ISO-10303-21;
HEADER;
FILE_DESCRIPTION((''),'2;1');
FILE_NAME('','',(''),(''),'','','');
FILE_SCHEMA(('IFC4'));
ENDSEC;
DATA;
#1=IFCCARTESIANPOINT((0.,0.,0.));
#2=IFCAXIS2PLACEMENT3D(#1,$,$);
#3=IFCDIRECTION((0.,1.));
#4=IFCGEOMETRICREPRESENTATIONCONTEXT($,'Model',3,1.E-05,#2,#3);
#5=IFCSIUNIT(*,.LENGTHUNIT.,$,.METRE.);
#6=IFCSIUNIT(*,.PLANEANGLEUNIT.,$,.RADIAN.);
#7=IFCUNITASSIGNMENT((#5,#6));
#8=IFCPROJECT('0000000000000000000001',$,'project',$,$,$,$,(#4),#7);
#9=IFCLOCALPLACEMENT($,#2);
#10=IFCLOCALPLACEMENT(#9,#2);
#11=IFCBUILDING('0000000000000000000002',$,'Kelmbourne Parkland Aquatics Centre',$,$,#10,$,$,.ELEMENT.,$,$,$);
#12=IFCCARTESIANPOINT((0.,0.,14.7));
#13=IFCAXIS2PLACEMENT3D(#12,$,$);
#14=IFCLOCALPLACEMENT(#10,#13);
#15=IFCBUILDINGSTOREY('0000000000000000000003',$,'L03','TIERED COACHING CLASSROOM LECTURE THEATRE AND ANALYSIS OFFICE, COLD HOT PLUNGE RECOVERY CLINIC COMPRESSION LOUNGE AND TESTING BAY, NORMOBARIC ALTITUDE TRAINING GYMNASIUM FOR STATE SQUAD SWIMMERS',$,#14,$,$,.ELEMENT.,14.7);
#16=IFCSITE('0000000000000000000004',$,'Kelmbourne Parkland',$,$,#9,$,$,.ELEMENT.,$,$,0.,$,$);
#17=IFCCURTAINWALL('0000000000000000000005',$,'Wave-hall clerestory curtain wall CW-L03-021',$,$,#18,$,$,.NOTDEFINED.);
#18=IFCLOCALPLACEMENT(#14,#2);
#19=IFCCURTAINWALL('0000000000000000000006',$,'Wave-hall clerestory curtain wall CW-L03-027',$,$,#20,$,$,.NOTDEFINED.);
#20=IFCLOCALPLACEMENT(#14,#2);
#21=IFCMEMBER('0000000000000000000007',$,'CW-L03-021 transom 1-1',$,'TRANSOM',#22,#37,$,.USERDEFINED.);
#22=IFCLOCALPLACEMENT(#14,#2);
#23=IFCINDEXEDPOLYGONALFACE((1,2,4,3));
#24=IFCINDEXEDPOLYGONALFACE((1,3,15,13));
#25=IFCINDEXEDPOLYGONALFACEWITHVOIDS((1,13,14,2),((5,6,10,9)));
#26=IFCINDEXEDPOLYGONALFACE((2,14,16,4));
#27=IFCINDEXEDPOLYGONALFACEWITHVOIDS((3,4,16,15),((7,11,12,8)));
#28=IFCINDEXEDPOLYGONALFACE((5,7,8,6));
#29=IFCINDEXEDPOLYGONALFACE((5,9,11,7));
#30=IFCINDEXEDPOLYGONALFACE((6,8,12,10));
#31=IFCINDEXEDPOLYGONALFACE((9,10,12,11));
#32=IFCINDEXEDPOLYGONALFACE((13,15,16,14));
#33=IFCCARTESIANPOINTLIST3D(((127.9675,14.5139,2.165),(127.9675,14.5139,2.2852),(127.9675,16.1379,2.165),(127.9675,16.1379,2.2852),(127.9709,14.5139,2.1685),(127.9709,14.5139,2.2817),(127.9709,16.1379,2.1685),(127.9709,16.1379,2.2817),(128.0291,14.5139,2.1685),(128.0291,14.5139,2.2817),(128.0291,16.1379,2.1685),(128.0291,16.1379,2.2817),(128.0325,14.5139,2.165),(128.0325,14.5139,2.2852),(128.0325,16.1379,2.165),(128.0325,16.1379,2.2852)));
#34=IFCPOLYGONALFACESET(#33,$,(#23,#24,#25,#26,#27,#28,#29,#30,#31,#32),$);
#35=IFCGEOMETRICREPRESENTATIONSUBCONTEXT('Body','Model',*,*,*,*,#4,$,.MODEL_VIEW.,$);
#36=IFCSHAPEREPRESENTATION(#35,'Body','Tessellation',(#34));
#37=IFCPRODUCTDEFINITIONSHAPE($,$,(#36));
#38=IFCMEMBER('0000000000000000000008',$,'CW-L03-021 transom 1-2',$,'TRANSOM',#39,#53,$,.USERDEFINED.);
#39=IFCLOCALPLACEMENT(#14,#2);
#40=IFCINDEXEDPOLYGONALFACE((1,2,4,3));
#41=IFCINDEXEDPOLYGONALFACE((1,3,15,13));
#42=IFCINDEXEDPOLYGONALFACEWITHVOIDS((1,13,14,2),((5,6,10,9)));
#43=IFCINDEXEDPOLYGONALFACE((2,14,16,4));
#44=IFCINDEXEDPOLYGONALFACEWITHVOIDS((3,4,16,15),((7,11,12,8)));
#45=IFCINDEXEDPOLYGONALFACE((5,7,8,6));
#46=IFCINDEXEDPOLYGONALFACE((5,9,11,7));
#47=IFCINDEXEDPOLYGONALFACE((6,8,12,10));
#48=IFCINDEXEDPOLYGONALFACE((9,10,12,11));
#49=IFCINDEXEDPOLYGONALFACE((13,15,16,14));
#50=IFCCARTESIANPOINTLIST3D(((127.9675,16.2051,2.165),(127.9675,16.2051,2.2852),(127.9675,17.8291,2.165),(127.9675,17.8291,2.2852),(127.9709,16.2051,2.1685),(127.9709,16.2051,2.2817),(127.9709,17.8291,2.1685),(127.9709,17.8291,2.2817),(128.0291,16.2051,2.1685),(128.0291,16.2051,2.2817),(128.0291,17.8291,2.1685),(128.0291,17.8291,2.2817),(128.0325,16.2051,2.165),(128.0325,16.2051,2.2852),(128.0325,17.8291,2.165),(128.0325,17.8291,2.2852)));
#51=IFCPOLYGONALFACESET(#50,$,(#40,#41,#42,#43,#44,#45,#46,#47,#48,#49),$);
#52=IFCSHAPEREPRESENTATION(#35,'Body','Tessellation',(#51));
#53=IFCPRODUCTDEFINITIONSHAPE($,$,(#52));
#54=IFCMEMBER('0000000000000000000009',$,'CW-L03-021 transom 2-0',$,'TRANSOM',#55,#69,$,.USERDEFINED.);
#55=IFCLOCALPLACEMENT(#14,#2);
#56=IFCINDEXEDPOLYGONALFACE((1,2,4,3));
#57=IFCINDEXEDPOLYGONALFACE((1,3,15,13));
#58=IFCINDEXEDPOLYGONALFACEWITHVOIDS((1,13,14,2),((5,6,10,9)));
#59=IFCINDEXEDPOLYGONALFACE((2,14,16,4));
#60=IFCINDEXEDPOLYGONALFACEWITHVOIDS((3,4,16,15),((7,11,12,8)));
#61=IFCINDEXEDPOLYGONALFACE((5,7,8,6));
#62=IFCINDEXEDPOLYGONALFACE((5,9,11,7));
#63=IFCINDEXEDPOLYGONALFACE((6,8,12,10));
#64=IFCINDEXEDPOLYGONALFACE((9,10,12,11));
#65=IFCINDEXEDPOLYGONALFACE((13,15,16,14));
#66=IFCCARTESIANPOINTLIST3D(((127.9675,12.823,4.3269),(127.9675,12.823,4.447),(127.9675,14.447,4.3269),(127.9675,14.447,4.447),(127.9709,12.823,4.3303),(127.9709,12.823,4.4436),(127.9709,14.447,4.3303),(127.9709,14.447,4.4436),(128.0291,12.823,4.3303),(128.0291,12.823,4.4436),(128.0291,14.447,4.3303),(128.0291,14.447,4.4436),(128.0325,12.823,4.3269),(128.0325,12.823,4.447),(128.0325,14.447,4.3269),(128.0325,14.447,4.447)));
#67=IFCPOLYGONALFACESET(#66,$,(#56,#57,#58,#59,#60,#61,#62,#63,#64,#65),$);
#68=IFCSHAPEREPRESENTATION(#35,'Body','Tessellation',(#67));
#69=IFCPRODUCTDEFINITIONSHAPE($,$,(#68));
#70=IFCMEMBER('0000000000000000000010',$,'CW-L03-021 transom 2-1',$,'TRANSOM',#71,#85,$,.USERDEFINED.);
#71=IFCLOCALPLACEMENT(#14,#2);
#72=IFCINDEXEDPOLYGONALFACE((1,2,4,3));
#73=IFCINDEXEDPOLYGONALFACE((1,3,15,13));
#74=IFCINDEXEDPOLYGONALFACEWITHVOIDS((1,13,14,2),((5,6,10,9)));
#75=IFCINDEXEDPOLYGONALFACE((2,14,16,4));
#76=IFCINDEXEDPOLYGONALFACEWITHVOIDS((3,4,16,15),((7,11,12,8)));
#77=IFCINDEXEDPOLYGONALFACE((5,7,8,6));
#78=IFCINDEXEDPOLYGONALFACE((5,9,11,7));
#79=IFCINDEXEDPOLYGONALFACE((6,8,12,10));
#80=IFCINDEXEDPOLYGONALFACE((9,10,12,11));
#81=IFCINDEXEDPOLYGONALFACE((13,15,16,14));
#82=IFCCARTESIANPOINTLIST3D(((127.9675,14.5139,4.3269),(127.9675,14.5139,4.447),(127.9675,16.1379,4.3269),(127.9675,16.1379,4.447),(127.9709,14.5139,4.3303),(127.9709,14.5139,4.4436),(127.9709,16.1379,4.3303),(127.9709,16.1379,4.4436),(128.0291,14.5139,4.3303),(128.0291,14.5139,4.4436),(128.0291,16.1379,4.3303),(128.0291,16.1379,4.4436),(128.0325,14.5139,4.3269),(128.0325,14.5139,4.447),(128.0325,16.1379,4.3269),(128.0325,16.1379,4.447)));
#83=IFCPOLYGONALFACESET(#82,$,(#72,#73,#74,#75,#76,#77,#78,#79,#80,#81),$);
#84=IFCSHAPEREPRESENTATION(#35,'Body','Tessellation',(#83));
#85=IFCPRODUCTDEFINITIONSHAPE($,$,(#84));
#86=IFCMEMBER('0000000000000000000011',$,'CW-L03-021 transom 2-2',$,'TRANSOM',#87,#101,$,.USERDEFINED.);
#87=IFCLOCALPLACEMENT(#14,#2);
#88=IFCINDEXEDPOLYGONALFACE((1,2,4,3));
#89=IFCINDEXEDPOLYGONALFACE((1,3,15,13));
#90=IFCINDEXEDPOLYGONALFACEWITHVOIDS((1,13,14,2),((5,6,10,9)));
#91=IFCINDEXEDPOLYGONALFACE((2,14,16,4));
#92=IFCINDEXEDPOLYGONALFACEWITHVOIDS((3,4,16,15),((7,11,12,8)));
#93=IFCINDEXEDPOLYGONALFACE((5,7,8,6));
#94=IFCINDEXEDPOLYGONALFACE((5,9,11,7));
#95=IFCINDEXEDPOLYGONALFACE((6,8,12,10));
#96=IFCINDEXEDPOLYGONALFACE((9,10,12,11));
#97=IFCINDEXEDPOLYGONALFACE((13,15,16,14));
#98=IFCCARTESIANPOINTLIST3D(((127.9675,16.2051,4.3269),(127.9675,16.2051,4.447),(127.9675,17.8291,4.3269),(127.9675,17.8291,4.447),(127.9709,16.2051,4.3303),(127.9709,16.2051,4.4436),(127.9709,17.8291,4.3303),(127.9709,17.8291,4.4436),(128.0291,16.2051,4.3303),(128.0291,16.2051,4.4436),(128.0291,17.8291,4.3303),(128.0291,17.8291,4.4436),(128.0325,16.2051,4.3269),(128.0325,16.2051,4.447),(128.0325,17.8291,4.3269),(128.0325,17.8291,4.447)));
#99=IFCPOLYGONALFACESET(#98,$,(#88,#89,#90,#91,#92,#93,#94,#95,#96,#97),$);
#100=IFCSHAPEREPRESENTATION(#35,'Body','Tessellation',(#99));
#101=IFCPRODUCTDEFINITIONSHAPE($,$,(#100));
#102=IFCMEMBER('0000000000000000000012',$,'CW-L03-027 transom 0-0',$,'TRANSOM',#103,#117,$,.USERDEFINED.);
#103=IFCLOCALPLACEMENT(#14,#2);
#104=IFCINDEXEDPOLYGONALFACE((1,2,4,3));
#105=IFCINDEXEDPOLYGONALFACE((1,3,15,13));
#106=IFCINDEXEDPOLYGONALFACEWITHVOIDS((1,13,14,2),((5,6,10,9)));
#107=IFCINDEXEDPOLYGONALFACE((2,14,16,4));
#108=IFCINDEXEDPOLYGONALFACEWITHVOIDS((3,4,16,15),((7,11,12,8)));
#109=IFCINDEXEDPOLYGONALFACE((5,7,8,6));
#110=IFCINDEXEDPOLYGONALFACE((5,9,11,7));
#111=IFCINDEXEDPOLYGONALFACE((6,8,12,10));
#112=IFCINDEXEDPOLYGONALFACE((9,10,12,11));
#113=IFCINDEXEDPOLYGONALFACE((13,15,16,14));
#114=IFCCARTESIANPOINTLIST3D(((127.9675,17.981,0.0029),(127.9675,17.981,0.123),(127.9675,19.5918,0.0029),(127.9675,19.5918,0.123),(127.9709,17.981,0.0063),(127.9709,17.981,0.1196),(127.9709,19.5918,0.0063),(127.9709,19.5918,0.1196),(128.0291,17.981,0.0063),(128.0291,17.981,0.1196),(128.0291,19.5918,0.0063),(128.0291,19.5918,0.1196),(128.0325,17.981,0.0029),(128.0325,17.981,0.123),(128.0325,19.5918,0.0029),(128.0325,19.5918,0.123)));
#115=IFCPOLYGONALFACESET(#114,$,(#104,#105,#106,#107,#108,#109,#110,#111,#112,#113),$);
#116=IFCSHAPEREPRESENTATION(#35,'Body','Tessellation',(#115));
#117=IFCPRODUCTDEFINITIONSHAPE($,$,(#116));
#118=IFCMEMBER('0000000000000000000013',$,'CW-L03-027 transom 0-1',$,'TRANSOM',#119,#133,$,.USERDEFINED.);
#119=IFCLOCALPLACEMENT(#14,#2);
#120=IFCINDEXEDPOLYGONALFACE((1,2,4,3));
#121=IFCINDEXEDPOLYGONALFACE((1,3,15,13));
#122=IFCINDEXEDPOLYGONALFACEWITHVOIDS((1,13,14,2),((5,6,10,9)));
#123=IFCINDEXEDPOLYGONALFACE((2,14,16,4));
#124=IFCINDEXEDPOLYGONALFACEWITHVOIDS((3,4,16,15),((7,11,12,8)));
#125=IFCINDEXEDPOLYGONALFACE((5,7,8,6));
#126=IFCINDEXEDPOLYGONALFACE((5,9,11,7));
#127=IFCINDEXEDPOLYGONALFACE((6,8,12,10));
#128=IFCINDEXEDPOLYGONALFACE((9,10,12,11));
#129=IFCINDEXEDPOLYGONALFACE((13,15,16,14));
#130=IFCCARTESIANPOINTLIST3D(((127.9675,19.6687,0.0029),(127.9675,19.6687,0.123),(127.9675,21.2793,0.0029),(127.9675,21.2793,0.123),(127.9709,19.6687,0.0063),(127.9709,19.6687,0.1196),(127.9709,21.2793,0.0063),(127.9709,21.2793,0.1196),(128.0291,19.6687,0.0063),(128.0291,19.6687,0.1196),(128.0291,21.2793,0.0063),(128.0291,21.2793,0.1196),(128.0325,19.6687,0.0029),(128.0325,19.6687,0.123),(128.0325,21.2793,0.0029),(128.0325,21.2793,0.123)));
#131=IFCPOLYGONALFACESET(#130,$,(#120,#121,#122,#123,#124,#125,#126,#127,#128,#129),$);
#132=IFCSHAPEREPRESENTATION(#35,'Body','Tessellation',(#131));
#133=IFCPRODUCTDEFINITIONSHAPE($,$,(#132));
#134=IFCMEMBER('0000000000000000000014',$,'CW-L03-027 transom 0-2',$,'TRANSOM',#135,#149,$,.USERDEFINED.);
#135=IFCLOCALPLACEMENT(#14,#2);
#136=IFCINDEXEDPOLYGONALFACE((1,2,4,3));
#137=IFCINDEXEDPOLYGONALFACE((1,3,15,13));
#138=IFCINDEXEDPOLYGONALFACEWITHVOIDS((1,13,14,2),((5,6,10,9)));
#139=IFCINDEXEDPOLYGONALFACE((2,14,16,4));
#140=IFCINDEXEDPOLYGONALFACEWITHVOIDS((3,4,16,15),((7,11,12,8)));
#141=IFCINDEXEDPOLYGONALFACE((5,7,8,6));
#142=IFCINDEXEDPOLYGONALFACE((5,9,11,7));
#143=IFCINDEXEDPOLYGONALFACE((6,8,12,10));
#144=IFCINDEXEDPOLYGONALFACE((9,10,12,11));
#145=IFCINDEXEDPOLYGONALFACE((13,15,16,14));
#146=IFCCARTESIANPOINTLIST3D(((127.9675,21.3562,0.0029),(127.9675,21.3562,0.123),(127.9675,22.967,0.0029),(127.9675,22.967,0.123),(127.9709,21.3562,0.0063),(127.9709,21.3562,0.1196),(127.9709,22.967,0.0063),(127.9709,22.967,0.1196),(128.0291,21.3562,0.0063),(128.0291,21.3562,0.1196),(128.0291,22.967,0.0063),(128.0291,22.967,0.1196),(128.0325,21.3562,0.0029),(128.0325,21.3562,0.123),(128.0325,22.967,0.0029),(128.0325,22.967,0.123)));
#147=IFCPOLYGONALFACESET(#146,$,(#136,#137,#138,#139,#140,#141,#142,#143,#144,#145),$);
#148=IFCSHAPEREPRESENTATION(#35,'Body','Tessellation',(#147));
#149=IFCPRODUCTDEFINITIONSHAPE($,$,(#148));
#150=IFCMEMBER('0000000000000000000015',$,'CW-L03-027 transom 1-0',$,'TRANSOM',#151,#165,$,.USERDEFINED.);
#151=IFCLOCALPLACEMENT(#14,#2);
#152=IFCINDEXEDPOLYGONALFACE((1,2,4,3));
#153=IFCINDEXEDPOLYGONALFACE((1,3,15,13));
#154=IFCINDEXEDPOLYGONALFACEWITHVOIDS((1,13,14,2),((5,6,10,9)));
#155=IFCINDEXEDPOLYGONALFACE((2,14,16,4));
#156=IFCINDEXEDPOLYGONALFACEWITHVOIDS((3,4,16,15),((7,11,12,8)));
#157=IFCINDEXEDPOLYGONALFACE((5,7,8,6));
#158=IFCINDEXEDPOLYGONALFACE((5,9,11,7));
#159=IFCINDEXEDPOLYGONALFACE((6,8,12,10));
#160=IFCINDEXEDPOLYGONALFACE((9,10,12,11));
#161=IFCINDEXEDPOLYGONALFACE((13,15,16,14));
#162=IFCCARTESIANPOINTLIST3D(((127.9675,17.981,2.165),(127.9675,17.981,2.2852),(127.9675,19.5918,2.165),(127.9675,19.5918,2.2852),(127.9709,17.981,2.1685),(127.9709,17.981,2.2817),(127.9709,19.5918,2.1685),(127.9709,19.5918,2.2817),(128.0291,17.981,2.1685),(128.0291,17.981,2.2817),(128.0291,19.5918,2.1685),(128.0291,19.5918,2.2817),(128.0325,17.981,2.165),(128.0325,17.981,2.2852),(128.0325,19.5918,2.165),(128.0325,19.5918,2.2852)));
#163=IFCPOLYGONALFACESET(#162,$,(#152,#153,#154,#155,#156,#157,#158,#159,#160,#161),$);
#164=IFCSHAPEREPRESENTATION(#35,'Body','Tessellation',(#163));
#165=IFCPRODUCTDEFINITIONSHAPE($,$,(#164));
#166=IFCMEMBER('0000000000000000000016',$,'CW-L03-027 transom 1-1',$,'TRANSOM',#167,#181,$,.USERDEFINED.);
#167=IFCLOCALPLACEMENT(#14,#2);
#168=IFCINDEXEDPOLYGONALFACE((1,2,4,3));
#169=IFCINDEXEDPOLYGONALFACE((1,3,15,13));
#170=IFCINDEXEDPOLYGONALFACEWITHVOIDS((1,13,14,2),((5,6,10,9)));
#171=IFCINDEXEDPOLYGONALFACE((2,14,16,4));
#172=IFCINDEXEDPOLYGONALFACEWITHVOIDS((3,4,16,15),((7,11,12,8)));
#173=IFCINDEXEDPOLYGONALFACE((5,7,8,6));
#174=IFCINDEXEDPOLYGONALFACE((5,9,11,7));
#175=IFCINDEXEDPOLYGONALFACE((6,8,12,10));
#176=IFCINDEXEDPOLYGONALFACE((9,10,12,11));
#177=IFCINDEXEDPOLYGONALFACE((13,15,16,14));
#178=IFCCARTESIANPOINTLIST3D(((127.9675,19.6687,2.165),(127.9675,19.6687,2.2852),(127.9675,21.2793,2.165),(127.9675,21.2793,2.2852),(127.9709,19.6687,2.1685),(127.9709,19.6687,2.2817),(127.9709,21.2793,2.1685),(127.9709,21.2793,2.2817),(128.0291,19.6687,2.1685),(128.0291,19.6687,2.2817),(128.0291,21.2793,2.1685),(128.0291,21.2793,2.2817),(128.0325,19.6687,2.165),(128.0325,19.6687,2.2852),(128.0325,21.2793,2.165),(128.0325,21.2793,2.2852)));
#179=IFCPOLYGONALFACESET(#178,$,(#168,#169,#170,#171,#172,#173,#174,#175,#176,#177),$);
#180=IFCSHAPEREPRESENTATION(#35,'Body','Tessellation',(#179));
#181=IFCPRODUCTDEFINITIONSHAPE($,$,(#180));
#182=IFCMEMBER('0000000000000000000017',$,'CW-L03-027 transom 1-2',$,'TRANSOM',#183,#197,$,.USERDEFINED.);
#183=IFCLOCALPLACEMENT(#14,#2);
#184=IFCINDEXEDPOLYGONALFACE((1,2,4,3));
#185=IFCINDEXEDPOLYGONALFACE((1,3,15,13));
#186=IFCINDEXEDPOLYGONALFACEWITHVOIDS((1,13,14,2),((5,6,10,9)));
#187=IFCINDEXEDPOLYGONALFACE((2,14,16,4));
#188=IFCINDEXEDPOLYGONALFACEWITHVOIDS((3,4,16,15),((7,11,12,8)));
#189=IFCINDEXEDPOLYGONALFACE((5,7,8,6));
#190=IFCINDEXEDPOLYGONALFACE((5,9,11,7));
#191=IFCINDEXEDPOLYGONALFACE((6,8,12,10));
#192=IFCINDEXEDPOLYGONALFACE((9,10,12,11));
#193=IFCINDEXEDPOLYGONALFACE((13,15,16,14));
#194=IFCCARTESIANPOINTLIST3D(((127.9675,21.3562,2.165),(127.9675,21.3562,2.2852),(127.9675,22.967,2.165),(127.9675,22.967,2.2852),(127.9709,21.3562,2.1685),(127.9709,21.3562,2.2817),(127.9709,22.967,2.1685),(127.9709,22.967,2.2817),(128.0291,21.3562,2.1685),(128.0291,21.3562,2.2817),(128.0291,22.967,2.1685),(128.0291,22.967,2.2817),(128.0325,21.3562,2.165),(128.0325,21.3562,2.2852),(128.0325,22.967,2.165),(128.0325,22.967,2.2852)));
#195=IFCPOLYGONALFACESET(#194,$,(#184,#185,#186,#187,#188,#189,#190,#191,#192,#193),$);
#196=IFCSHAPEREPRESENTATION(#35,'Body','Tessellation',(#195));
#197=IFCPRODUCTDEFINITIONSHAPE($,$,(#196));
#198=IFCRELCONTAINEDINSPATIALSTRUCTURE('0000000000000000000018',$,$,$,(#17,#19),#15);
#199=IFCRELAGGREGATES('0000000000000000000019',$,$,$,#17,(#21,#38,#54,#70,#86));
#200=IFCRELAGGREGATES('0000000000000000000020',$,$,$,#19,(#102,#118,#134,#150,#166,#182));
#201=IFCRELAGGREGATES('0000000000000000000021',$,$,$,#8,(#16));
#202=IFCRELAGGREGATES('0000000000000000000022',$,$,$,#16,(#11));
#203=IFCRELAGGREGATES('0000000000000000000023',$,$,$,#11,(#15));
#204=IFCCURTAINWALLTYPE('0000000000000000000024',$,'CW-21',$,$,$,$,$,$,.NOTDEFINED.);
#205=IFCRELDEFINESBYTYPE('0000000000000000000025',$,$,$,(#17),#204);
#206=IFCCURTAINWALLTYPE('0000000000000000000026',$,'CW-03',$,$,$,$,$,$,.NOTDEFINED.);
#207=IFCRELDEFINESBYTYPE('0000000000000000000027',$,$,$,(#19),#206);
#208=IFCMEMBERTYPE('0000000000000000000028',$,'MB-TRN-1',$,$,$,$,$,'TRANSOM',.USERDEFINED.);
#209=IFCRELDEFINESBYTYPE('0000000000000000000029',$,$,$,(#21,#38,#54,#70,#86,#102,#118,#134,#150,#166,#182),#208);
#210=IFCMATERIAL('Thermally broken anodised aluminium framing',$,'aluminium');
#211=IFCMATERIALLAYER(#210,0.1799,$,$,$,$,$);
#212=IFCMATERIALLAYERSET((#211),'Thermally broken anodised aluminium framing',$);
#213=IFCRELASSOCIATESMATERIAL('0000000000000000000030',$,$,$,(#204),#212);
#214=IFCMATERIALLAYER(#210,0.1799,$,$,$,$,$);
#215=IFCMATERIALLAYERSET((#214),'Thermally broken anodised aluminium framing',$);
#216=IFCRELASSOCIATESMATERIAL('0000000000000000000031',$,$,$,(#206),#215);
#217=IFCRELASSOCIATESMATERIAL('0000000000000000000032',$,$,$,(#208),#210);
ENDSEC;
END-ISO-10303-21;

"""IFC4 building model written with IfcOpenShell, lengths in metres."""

from ifc_helpers import new_model, si_unit, direction, frame, origin, origin_2d, place, context, subcontext, project, spatial, hollow_rectangle, extrude, material, layer, layer_set, material_profile, profile_set, type_object, element, aggregate, save


model = new_model("IFC4")

# Units and contexts
model_context = context("Model", 3, precision=1e-05, world=origin(), true_north=direction((0.0, 1.0)))
body_context = subcontext(model_context, "Body", "Model", "MODEL_VIEW")
ifc_project = project(units=[si_unit("LENGTHUNIT", "METRE"), si_unit("PLANEANGLEUNIT", "RADIAN")], contexts=[model_context])

# Site, building, storey
site_placement = place(None, origin())
site = spatial("IfcSite", under=ifc_project, at=site_placement, Name="Kelmbourne Parkland", CompositionType="ELEMENT", RefElevation=0.0)
building_placement = place(site_placement, origin())
building = spatial("IfcBuilding", under=site, at=building_placement, Name="Kelmbourne Parkland Aquatics Centre", CompositionType="ELEMENT")
storey_placement = place(building_placement, frame((0.0, 0.0, 14.7)))
storey = spatial("IfcBuildingStorey", under=building, at=storey_placement, Name="L03", Description="TIERED COACHING CLASSROOM LECTURE THEATRE AND ANALYSIS OFFICE, COLD HOT PLUNGE RECOVERY CLINIC COMPRESSION LOUNGE AND TESTING BAY, NORMOBARIC ALTITUDE TRAINING GYMNASIUM FOR STATE SQUAD SWIMMERS", CompositionType="ELEMENT", Elevation=14.7)

# Curtain walls
ifc_material_1 = material(Name="Thermally broken anodised aluminium framing", Category="aluminium")
ifc_layer_1 = layer(ifc_material_1, 0.1799)
ifc_layer_set_1 = layer_set([ifc_layer_1], Name="Thermally broken anodised aluminium framing")
curtain_wall_type_1 = type_object("IfcCurtainWallType", Name="CW-21", PredefinedType="NOTDEFINED", material=ifc_layer_set_1)
curtain_wall_1_placement = place(storey_placement, origin())
curtain_wall_1 = element("IfcCurtainWall", 1, at=curtain_wall_1_placement, inside=storey, type_object=curtain_wall_type_1, Name="Wave-hall clerestory curtain wall CW-L03-021", PredefinedType="NOTDEFINED")
ifc_layer_2 = layer(ifc_material_1, 0.1799)
ifc_layer_set_2 = layer_set([ifc_layer_2], Name="Thermally broken anodised aluminium framing")
curtain_wall_type_2 = type_object("IfcCurtainWallType", Name="CW-03", PredefinedType="NOTDEFINED", material=ifc_layer_set_2)
curtain_wall_2_placement = place(storey_placement, origin())
curtain_wall_2 = element("IfcCurtainWall", 2, at=curtain_wall_2_placement, inside=storey, type_object=curtain_wall_type_2, Name="Wave-hall clerestory curtain wall CW-L03-027", PredefinedType="NOTDEFINED")

# Members
ifc_material_profile_1 = material_profile(ifc_material_1, hollow_rectangle(XDim=0.0649, YDim=0.1201, WallThickness=0.0034, at=origin_2d()), Name="CW-T 65x120")
ifc_profile_set_1 = profile_set([ifc_material_profile_1], Name="Thermally broken anodised aluminium framing")
member_type_1 = type_object("IfcMemberType", Name="MB-TRN-1", ElementType="TRANSOM", PredefinedType="USERDEFINED", material=ifc_profile_set_1)
member_1_placement = place(storey_placement, frame((128.0, 14.5139, 2.2251), z_axis=(0.0, 1.0, 0.0), x_axis=(-1.0, 0.0, 0.0)))
member_1 = element("IfcMember", 3, at=member_1_placement, type_object=member_type_1, Name="CW-L03-021 transom 1-1", ObjectType="TRANSOM", PredefinedType="USERDEFINED", context=body_context, shape_type="SweptSolid", body=[
    extrude(hollow_rectangle(XDim=0.0649, YDim=0.1201, WallThickness=0.0034, at=origin_2d()), origin(), (0.0, 0.0, 1.0), 1.624),
])
member_2_placement = place(storey_placement, frame((128.0, 16.2051, 2.2251), z_axis=(0.0, 1.0, 0.0), x_axis=(-1.0, 0.0, 0.0)))
member_2 = element("IfcMember", 4, at=member_2_placement, type_object=member_type_1, Name="CW-L03-021 transom 1-2", ObjectType="TRANSOM", PredefinedType="USERDEFINED", context=body_context, shape_type="SweptSolid", body=[
    extrude(hollow_rectangle(XDim=0.0649, YDim=0.1201, WallThickness=0.0034, at=origin_2d()), origin(), (0.0, 0.0, 1.0), 1.624),
])
member_3_placement = place(storey_placement, frame((128.0, 12.823, 4.387), z_axis=(0.0, 1.0, 0.0), x_axis=(-1.0, 0.0, 0.0)))
member_3 = element("IfcMember", 5, at=member_3_placement, type_object=member_type_1, Name="CW-L03-021 transom 2-0", ObjectType="TRANSOM", PredefinedType="USERDEFINED", context=body_context, shape_type="SweptSolid", body=[
    extrude(hollow_rectangle(XDim=0.0649, YDim=0.1201, WallThickness=0.0034, at=origin_2d()), origin(), (0.0, 0.0, 1.0), 1.624),
])
member_4_placement = place(storey_placement, frame((128.0, 14.5139, 4.387), z_axis=(0.0, 1.0, 0.0), x_axis=(-1.0, 0.0, 0.0)))
member_4 = element("IfcMember", 6, at=member_4_placement, type_object=member_type_1, Name="CW-L03-021 transom 2-1", ObjectType="TRANSOM", PredefinedType="USERDEFINED", context=body_context, shape_type="SweptSolid", body=[
    extrude(hollow_rectangle(XDim=0.0649, YDim=0.1201, WallThickness=0.0034, at=origin_2d()), origin(), (0.0, 0.0, 1.0), 1.624),
])
member_5_placement = place(storey_placement, frame((128.0, 16.2051, 4.387), z_axis=(0.0, 1.0, 0.0), x_axis=(-1.0, 0.0, 0.0)))
member_5 = element("IfcMember", 7, at=member_5_placement, type_object=member_type_1, Name="CW-L03-021 transom 2-2", ObjectType="TRANSOM", PredefinedType="USERDEFINED", context=body_context, shape_type="SweptSolid", body=[
    extrude(hollow_rectangle(XDim=0.0649, YDim=0.1201, WallThickness=0.0034, at=origin_2d()), origin(), (0.0, 0.0, 1.0), 1.624),
])
member_6_placement = place(storey_placement, frame((128.0, 17.981, 0.063), z_axis=(0.0, 1.0, 0.0), x_axis=(-1.0, 0.0, 0.0)))
member_6 = element("IfcMember", 8, at=member_6_placement, type_object=member_type_1, Name="CW-L03-027 transom 0-0", ObjectType="TRANSOM", PredefinedType="USERDEFINED", context=body_context, shape_type="SweptSolid", body=[
    extrude(hollow_rectangle(XDim=0.0649, YDim=0.1201, WallThickness=0.0034, at=origin_2d()), origin(), (0.0, 0.0, 1.0), 1.6108),
])
member_7_placement = place(storey_placement, frame((128.0, 19.6687, 0.063), z_axis=(0.0, 1.0, 0.0), x_axis=(-1.0, 0.0, 0.0)))
member_7 = element("IfcMember", 9, at=member_7_placement, type_object=member_type_1, Name="CW-L03-027 transom 0-1", ObjectType="TRANSOM", PredefinedType="USERDEFINED", context=body_context, shape_type="SweptSolid", body=[
    extrude(hollow_rectangle(XDim=0.0649, YDim=0.1201, WallThickness=0.0034, at=origin_2d()), origin(), (0.0, 0.0, 1.0), 1.6106),
])
member_8_placement = place(storey_placement, frame((128.0, 21.3562, 0.063), z_axis=(0.0, 1.0, 0.0), x_axis=(-1.0, 0.0, 0.0)))
member_8 = element("IfcMember", 10, at=member_8_placement, type_object=member_type_1, Name="CW-L03-027 transom 0-2", ObjectType="TRANSOM", PredefinedType="USERDEFINED", context=body_context, shape_type="SweptSolid", body=[
    extrude(hollow_rectangle(XDim=0.0649, YDim=0.1201, WallThickness=0.0034, at=origin_2d()), origin(), (0.0, 0.0, 1.0), 1.6108),
])
member_9_placement = place(storey_placement, frame((128.0, 17.981, 2.2251), z_axis=(0.0, 1.0, 0.0), x_axis=(-1.0, 0.0, 0.0)))
member_9 = element("IfcMember", 11, at=member_9_placement, type_object=member_type_1, Name="CW-L03-027 transom 1-0", ObjectType="TRANSOM", PredefinedType="USERDEFINED", context=body_context, shape_type="SweptSolid", body=[
    extrude(hollow_rectangle(XDim=0.0649, YDim=0.1201, WallThickness=0.0034, at=origin_2d()), origin(), (0.0, 0.0, 1.0), 1.6108),
])
member_10_placement = place(storey_placement, frame((128.0, 19.6687, 2.2251), z_axis=(0.0, 1.0, 0.0), x_axis=(-1.0, 0.0, 0.0)))
member_10 = element("IfcMember", 12, at=member_10_placement, type_object=member_type_1, Name="CW-L03-027 transom 1-1", ObjectType="TRANSOM", PredefinedType="USERDEFINED", context=body_context, shape_type="SweptSolid", body=[
    extrude(hollow_rectangle(XDim=0.0649, YDim=0.1201, WallThickness=0.0034, at=origin_2d()), origin(), (0.0, 0.0, 1.0), 1.6106),
])
member_11_placement = place(storey_placement, frame((128.0, 21.3562, 2.2251), z_axis=(0.0, 1.0, 0.0), x_axis=(-1.0, 0.0, 0.0)))
member_11 = element("IfcMember", 13, at=member_11_placement, type_object=member_type_1, Name="CW-L03-027 transom 1-2", ObjectType="TRANSOM", PredefinedType="USERDEFINED", context=body_context, shape_type="SweptSolid", body=[
    extrude(hollow_rectangle(XDim=0.0649, YDim=0.1201, WallThickness=0.0034, at=origin_2d()), origin(), (0.0, 0.0, 1.0), 1.6108),
])

aggregate(curtain_wall_1, [member_1, member_2, member_3, member_4, member_5])
aggregate(curtain_wall_2, [member_6, member_7, member_8, member_9, member_10, member_11])

save(model, "model.ifc")
